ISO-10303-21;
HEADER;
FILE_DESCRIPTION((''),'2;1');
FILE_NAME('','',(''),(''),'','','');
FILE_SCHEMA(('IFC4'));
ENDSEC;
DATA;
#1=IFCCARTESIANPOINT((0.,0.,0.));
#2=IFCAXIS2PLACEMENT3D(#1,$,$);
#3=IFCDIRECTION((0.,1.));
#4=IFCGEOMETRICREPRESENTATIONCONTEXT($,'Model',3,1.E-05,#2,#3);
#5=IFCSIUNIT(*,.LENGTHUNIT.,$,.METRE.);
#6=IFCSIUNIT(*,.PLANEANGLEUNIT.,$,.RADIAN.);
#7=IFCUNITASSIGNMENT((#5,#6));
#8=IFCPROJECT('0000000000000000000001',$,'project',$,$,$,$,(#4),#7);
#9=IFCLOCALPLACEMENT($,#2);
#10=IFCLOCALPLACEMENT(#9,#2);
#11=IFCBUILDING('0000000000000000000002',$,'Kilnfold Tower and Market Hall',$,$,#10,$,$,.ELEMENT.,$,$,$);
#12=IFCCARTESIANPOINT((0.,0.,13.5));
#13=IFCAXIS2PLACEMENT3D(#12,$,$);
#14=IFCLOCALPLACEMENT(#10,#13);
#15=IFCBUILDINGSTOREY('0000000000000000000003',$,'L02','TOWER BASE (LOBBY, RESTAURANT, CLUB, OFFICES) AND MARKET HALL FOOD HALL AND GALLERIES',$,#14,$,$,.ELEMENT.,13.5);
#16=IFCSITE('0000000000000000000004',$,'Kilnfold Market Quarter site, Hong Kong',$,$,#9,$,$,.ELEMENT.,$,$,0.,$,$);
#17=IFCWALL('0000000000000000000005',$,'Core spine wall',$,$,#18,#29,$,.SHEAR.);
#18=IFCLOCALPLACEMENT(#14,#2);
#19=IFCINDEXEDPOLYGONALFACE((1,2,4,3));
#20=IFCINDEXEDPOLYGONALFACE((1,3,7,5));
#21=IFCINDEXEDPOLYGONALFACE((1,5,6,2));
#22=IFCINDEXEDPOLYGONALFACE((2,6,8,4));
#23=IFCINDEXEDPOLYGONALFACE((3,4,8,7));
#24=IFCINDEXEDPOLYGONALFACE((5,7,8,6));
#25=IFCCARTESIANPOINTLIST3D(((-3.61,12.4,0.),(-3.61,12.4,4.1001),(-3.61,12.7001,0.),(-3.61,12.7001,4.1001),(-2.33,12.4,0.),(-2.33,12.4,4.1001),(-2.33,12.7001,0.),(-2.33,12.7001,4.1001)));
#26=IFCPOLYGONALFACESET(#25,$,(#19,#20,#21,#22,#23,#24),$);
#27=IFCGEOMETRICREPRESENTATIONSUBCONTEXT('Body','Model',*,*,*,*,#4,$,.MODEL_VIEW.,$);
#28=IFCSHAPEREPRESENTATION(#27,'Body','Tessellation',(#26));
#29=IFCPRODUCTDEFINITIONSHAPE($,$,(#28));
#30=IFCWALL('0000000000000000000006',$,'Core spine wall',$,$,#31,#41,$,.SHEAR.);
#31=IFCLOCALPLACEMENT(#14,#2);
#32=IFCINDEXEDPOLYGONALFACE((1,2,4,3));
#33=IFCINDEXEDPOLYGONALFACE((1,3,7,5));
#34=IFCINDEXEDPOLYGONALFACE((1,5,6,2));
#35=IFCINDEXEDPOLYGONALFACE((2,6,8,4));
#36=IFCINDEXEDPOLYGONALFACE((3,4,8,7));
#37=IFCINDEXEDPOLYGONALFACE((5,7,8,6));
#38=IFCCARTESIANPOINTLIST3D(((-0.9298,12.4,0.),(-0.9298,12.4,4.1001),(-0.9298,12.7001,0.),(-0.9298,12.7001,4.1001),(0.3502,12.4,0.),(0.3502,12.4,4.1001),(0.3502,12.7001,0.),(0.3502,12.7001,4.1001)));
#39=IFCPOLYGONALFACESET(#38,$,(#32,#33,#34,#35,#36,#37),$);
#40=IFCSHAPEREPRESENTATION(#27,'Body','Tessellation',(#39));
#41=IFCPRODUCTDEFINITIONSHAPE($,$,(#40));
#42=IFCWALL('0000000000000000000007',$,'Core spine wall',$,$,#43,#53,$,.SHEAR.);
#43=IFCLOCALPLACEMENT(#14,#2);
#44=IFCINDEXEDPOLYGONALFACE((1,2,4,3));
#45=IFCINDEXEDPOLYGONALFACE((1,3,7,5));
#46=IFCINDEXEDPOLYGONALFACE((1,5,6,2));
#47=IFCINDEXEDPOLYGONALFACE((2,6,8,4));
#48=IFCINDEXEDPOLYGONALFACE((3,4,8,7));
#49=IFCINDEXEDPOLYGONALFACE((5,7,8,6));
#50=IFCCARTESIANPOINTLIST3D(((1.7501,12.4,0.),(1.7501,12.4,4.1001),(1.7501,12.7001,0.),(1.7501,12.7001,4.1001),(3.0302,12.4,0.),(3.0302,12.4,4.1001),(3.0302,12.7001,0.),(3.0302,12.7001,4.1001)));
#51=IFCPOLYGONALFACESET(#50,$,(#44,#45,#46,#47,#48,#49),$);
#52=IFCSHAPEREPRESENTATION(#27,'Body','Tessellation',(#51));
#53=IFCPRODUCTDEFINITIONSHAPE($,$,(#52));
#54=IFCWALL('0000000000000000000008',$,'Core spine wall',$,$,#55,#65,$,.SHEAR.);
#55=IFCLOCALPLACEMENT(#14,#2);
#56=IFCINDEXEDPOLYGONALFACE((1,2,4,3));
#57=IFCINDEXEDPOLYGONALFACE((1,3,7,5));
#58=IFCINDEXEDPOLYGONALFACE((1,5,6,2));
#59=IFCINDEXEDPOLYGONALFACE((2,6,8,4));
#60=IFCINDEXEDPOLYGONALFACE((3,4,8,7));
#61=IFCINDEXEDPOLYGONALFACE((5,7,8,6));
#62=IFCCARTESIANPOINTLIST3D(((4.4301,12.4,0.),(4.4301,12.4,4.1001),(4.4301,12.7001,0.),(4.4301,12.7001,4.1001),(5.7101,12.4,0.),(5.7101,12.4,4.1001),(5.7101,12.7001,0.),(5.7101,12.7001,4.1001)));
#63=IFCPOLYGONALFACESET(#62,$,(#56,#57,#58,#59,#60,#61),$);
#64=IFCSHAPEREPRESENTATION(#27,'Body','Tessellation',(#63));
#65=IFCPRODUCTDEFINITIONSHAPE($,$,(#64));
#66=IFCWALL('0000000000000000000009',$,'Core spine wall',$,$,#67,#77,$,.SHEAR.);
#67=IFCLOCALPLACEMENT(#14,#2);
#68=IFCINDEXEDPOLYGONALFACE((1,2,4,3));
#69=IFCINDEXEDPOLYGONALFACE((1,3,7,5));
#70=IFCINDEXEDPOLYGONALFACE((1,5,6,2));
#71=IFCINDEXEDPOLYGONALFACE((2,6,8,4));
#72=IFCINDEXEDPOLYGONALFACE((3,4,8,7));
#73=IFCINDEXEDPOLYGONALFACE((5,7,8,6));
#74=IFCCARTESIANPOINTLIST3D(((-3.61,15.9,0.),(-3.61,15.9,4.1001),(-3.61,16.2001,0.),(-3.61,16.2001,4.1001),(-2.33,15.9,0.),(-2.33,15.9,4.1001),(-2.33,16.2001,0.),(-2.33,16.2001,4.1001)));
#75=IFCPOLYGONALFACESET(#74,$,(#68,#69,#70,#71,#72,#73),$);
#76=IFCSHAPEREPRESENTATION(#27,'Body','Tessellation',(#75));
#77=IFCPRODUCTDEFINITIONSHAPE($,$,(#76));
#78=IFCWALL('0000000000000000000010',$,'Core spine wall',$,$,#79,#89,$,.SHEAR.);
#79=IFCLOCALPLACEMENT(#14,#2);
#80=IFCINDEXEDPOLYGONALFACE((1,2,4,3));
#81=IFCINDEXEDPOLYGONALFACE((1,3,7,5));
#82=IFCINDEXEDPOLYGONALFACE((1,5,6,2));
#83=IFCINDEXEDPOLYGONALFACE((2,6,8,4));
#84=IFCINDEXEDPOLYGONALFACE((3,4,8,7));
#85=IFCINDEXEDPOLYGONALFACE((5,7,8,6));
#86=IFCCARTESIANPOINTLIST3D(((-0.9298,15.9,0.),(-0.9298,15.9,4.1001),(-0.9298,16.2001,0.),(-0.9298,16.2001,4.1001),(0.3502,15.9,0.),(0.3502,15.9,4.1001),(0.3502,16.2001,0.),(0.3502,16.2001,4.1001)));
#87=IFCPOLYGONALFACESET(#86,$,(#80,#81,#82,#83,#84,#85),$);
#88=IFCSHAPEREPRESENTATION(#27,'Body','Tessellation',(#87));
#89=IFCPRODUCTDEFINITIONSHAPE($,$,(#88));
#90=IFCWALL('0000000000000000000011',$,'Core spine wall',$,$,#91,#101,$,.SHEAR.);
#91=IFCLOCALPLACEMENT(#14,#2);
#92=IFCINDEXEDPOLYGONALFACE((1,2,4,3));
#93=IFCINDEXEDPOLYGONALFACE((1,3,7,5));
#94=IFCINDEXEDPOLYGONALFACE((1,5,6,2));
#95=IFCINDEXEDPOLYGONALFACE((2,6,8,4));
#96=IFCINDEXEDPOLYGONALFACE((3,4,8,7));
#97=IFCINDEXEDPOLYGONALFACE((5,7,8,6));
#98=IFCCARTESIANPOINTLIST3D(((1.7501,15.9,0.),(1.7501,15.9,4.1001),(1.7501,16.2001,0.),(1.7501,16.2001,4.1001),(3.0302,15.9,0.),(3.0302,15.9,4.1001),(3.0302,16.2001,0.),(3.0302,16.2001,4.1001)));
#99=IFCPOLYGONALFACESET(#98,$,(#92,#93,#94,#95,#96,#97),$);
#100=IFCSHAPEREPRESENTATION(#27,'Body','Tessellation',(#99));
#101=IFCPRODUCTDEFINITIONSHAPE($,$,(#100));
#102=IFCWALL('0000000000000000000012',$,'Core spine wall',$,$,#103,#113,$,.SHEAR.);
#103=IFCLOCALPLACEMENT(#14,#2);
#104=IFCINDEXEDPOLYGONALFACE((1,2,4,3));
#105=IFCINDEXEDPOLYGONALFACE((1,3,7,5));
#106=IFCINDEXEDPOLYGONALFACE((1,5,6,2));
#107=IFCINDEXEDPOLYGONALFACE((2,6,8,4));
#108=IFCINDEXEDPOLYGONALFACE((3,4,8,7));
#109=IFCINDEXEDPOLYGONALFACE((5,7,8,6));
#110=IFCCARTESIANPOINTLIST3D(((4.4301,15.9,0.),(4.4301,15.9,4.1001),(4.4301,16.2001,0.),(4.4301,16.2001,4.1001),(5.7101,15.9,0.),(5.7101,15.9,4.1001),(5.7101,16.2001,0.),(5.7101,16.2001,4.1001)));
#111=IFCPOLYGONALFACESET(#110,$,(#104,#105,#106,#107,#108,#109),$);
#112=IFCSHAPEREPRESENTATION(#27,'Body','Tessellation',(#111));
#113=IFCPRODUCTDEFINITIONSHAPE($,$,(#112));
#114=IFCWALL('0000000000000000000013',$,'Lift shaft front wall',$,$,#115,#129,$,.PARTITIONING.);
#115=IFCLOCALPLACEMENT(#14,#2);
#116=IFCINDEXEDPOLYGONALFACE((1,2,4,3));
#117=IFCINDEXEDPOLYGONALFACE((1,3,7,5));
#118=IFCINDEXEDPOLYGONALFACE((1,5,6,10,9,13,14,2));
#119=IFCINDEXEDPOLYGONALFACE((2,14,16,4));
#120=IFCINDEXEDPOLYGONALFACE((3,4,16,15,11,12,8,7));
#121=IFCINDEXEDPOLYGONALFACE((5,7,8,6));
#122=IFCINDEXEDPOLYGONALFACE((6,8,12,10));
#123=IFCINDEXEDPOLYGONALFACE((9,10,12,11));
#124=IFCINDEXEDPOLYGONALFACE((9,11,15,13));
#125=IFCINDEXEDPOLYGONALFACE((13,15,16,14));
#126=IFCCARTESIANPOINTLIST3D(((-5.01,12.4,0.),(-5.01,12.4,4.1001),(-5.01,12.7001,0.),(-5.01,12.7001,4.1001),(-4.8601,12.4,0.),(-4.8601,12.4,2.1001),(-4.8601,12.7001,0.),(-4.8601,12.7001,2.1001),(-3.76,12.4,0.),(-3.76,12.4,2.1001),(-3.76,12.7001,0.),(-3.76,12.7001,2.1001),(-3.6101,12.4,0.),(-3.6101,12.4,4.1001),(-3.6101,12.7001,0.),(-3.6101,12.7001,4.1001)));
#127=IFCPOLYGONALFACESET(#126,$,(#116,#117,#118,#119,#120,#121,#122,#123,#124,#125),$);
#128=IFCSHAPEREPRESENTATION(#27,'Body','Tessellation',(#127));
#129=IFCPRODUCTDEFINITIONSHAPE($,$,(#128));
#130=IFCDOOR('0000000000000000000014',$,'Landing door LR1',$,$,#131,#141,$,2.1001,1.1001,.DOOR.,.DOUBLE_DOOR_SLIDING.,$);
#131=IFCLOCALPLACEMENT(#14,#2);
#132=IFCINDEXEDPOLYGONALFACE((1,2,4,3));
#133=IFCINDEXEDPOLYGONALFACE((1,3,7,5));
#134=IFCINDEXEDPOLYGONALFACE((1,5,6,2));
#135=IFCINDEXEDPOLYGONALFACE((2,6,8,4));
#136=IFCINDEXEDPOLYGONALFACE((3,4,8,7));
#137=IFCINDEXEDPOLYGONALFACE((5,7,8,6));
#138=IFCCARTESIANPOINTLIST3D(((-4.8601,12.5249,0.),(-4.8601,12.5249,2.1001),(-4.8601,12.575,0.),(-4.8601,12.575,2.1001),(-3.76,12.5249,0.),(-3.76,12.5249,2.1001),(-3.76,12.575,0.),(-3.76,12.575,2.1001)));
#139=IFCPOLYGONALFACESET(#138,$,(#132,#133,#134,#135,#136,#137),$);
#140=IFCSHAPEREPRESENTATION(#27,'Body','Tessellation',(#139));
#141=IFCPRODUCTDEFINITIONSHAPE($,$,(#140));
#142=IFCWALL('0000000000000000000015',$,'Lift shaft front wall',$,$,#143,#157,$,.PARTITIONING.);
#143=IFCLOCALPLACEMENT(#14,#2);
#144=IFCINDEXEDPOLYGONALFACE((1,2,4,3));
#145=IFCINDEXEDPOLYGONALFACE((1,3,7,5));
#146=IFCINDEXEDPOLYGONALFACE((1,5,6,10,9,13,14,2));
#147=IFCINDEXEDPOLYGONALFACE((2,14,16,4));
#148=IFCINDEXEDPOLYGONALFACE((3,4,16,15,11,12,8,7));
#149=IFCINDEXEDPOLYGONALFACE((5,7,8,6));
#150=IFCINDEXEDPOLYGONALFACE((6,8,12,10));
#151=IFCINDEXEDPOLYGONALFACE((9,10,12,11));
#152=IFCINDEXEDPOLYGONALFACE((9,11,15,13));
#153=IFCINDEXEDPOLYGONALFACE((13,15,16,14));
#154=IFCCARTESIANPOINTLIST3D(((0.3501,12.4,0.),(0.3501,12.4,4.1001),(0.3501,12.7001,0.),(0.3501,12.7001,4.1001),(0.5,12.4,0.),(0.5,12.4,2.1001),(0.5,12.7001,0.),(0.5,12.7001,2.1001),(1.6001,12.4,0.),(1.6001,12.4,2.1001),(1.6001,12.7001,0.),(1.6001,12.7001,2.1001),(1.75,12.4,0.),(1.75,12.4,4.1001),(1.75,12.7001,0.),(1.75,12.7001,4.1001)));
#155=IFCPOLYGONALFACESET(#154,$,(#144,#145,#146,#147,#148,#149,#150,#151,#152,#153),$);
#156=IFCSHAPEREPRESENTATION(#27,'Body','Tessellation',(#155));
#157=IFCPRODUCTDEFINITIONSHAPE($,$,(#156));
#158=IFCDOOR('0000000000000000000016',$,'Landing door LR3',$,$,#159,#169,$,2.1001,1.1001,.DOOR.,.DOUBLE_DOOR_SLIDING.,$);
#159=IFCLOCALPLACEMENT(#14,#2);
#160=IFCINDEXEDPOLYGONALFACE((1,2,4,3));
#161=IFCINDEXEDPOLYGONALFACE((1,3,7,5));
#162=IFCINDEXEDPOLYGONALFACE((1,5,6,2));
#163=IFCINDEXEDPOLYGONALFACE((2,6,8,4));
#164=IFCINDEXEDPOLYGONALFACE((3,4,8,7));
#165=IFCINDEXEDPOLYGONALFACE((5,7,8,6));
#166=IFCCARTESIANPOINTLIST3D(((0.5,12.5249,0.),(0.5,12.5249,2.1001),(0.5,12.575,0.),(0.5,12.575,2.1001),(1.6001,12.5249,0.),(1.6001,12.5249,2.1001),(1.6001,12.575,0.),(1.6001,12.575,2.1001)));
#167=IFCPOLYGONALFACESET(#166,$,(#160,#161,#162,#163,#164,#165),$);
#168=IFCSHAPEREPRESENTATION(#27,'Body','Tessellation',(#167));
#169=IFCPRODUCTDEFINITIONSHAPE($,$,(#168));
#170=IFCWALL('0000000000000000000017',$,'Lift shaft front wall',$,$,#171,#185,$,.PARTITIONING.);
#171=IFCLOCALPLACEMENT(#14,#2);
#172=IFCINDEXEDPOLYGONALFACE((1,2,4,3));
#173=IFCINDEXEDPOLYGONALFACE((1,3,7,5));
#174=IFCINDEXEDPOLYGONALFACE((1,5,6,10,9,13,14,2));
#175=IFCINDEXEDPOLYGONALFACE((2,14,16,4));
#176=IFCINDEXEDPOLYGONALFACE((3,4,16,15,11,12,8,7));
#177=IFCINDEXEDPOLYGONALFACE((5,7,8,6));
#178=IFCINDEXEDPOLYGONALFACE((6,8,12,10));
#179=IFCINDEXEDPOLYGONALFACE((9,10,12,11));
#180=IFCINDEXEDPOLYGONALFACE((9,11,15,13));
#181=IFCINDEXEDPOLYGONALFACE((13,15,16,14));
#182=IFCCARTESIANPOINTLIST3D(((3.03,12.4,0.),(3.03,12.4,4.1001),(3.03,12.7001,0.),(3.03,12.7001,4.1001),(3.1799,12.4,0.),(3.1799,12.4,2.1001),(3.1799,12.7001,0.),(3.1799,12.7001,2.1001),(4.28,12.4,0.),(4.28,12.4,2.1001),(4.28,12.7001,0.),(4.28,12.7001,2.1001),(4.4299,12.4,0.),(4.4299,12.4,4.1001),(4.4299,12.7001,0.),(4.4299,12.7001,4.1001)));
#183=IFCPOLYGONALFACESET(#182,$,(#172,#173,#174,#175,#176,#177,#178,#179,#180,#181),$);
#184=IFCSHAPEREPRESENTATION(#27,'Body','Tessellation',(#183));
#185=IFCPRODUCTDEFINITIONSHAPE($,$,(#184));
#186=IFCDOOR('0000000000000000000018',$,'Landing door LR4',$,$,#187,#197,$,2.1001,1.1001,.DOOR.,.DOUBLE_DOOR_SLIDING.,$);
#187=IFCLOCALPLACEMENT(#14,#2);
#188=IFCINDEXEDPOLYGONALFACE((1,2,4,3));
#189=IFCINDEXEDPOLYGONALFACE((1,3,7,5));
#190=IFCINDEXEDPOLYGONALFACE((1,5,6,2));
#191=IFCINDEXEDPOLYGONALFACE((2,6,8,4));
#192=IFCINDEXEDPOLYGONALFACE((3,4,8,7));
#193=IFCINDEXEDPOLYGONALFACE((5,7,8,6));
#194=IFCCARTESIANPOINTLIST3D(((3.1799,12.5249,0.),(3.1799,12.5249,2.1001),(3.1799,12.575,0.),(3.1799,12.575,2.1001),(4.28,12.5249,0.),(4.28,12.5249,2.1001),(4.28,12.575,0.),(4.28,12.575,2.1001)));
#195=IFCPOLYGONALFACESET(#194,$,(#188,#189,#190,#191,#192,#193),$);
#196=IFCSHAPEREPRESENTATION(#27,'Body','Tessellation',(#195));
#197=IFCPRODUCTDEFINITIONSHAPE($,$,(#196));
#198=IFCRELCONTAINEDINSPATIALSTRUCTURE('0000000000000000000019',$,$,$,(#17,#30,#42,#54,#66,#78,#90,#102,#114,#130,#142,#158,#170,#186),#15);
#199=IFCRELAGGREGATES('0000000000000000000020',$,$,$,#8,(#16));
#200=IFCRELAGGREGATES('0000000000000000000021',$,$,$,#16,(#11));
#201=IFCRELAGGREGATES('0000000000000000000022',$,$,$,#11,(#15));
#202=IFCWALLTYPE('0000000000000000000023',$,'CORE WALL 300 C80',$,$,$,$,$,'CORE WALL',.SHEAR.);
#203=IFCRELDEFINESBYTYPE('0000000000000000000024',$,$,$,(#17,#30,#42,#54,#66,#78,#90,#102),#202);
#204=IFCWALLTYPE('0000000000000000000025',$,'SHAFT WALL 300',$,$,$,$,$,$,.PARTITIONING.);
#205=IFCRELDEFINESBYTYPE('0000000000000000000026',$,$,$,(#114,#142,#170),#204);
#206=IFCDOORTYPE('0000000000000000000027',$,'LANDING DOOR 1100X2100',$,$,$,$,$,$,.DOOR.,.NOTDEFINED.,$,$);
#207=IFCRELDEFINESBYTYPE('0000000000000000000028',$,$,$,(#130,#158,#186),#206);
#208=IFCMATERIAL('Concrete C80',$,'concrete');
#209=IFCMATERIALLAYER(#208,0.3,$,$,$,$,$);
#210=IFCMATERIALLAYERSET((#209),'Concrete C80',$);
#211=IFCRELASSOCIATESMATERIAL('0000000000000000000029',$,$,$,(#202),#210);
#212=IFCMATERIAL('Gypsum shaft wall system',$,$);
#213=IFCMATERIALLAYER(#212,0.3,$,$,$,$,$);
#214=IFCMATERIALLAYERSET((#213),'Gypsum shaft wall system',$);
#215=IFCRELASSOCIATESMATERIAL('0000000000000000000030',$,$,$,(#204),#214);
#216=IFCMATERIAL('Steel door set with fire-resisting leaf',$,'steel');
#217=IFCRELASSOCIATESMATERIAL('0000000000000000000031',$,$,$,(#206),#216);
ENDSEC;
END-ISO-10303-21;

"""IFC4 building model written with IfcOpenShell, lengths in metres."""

from ifc_helpers import new_model, si_unit, direction, frame, frame_2d, origin, place, context, subcontext, project, spatial, rectangle, extrude, source, transform, mapped, material, layer, layer_set, type_object, element, fill, save


model = new_model("IFC4")

# Units and contexts
model_context = context("Model", 3, precision=1e-05, world=origin(), true_north=direction((0.0, 1.0)))
body_context = subcontext(model_context, "Body", "Model", "MODEL_VIEW")
ifc_project = project(units=[si_unit("LENGTHUNIT", "METRE"), si_unit("PLANEANGLEUNIT", "RADIAN")], contexts=[model_context])

# Site, building, storey
site_placement = place(None, origin())
site = spatial("IfcSite", under=ifc_project, at=site_placement, Name="Kilnfold Market Quarter site, Hong Kong", CompositionType="ELEMENT", RefElevation=0.0)
building_placement = place(site_placement, origin())
building = spatial("IfcBuilding", under=site, at=building_placement, Name="Kilnfold Tower and Market Hall", CompositionType="ELEMENT")
storey_placement = place(building_placement, frame((0.0, 0.0, 13.5)))
storey = spatial("IfcBuildingStorey", under=building, at=storey_placement, Name="L02", Description="TOWER BASE (LOBBY, RESTAURANT, CLUB, OFFICES) AND MARKET HALL FOOD HALL AND GALLERIES", CompositionType="ELEMENT", Elevation=13.5)

# Walls
ifc_material_1 = material(Name="Concrete C80", Category="concrete")
ifc_layer_1 = layer(ifc_material_1, 0.3)
ifc_layer_set_1 = layer_set([ifc_layer_1], Name="Concrete C80")
wall_type_1 = type_object("IfcWallType", Name="CORE WALL 300 C80", ElementType="CORE WALL", PredefinedType="SHEAR", material=ifc_layer_set_1)
shared_shape_1 = source(origin(), body_context, "Body", "SweptSolid", [
    extrude(rectangle(XDim=1.28, YDim=0.3, at=frame_2d((0.6401, 0.0))), origin(), (0.0, 0.0, 1.0), 4.1001),
])
for number, where, z_axis, x_axis, name in (
    (1, (-3.6101, 12.55, 0.0), (0.0, 0.0, 1.0), (1.0, 0.0, 0.0), "Core spine wall"),
    (2, (-0.9299, 12.55, 0.0), (0.0, 0.0, 1.0), (1.0, 0.0, 0.0), "Core spine wall"),
    (3, (1.75, 12.55, 0.0), (0.0, 0.0, 1.0), (1.0, 0.0, 0.0), "Core spine wall"),
    (4, (4.4299, 12.55, 0.0), (0.0, 0.0, 1.0), (1.0, 0.0, 0.0), "Core spine wall"),
    (5, (-3.6101, 16.05, 0.0), (0.0, 0.0, 1.0), (1.0, 0.0, 0.0), "Core spine wall"),
    (6, (-0.9299, 16.05, 0.0), (0.0, 0.0, 1.0), (1.0, 0.0, 0.0), "Core spine wall"),
    (7, (1.75, 16.05, 0.0), (0.0, 0.0, 1.0), (1.0, 0.0, 0.0), "Core spine wall"),
    (8, (4.4299, 16.05, 0.0), (0.0, 0.0, 1.0), (1.0, 0.0, 0.0), "Core spine wall"),
):
    element("IfcWall", number, at=place(storey_placement, frame(where, z_axis=z_axis, x_axis=x_axis)), inside=storey, type_object=wall_type_1, Name=name, PredefinedType="SHEAR", context=body_context, shape_type="MappedRepresentation", body=[
        mapped(shared_shape_1, transform((0.0, 0.0, 0.0))),
    ])

# Walls, openings, doors
ifc_material_2 = material(Name="Gypsum shaft wall system")
ifc_layer_2 = layer(ifc_material_2, 0.3)
ifc_layer_set_2 = layer_set([ifc_layer_2], Name="Gypsum shaft wall system")
wall_type_2 = type_object("IfcWallType", Name="SHAFT WALL 300", PredefinedType="PARTITIONING", material=ifc_layer_set_2)
shared_shape_2 = source(origin(), body_context, "Body", "SweptSolid", [
    extrude(rectangle(XDim=1.3999, YDim=0.3, at=frame_2d((0.7, 0.0))), origin(), (0.0, 0.0, 1.0), 4.1001),
])
wall_1_placement = place(storey_placement, frame((-5.01, 12.55, 0.0), z_axis=(0.0, 0.0, 1.0), x_axis=(1.0, 0.0, 0.0)))
wall_1 = element("IfcWall", 9, at=wall_1_placement, inside=storey, type_object=wall_type_2, Name="Lift shaft front wall", PredefinedType="PARTITIONING", context=body_context, shape_type="MappedRepresentation", body=[
    mapped(shared_shape_2, transform((0.0, 0.0, 0.0))),
])
opening_1_placement = place(wall_1_placement, frame((0.1499, 0.0, 0.0)))
opening_1 = element("IfcOpeningElement", 10, at=opening_1_placement, cuts=wall_1, PredefinedType="OPENING", context=body_context, shape_type="SweptSolid", body=[
    extrude(rectangle(XDim=1.1001, YDim=2.1001, at=frame_2d((0.55, 1.05))), frame((0.0, 0.1602, 0.0), z_axis=(0.0, -1.0, 0.0), x_axis=(1.0, 0.0, 0.0)), (0.0, 0.0, 1.0), 0.3201),
])
ifc_material_3 = material(Name="Steel door set with fire-resisting leaf", Category="steel")
door_type = type_object("IfcDoorType", Name="LANDING DOOR 1100X2100", OperationType="NOTDEFINED", PredefinedType="DOOR", material=ifc_material_3)
door_1_placement = place(opening_1_placement, origin())
door_1 = element("IfcDoor", 11, at=door_1_placement, inside=storey, type_object=door_type, Name="Landing door LR1", OperationType="DOUBLE_DOOR_SLIDING", OverallHeight=2.1001, OverallWidth=1.1001, PredefinedType="DOOR", context=body_context, shape_type="SweptSolid", body=[
    extrude(rectangle(XDim=1.1001, YDim=2.1001, at=frame_2d((0.55, 1.05))), frame((0.0, 0.0249, 0.0), z_axis=(0.0, -1.0, 0.0), x_axis=(1.0, 0.0, 0.0)), (0.0, 0.0, 1.0), 0.05),
])
fill(opening_1, door_1)
wall_2_placement = place(storey_placement, frame((0.3501, 12.55, 0.0), z_axis=(0.0, 0.0, 1.0), x_axis=(1.0, 0.0, 0.0)))
wall_2 = element("IfcWall", 12, at=wall_2_placement, inside=storey, type_object=wall_type_2, Name="Lift shaft front wall", PredefinedType="PARTITIONING", context=body_context, shape_type="MappedRepresentation", body=[
    mapped(shared_shape_2, transform((0.0, 0.0, 0.0))),
])
opening_2_placement = place(wall_2_placement, frame((0.1499, 0.0, 0.0)))
opening_2 = element("IfcOpeningElement", 13, at=opening_2_placement, cuts=wall_2, PredefinedType="OPENING", context=body_context, shape_type="SweptSolid", body=[
    extrude(rectangle(XDim=1.1001, YDim=2.1001, at=frame_2d((0.55, 1.05))), frame((0.0, 0.1602, 0.0), z_axis=(0.0, -1.0, 0.0), x_axis=(1.0, 0.0, 0.0)), (0.0, 0.0, 1.0), 0.3201),
])
door_2_placement = place(opening_2_placement, origin())
door_2 = element("IfcDoor", 14, at=door_2_placement, inside=storey, type_object=door_type, Name="Landing door LR3", OperationType="DOUBLE_DOOR_SLIDING", OverallHeight=2.1001, OverallWidth=1.1001, PredefinedType="DOOR", context=body_context, shape_type="SweptSolid", body=[
    extrude(rectangle(XDim=1.1001, YDim=2.1001, at=frame_2d((0.55, 1.05))), frame((0.0, 0.0249, 0.0), z_axis=(0.0, -1.0, 0.0), x_axis=(1.0, 0.0, 0.0)), (0.0, 0.0, 1.0), 0.05),
])
fill(opening_2, door_2)
wall_3_placement = place(storey_placement, frame((3.03, 12.55, 0.0), z_axis=(0.0, 0.0, 1.0), x_axis=(1.0, 0.0, 0.0)))
wall_3 = element("IfcWall", 15, at=wall_3_placement, inside=storey, type_object=wall_type_2, Name="Lift shaft front wall", PredefinedType="PARTITIONING", context=body_context, shape_type="MappedRepresentation", body=[
    mapped(shared_shape_2, transform((0.0, 0.0, 0.0))),
])
opening_3_placement = place(wall_3_placement, frame((0.1499, 0.0, 0.0)))
opening_3 = element("IfcOpeningElement", 16, at=opening_3_placement, cuts=wall_3, PredefinedType="OPENING", context=body_context, shape_type="SweptSolid", body=[
    extrude(rectangle(XDim=1.1001, YDim=2.1001, at=frame_2d((0.55, 1.05))), frame((0.0, 0.1602, 0.0), z_axis=(0.0, -1.0, 0.0), x_axis=(1.0, 0.0, 0.0)), (0.0, 0.0, 1.0), 0.3201),
])
door_3_placement = place(opening_3_placement, origin())
door_3 = element("IfcDoor", 17, at=door_3_placement, inside=storey, type_object=door_type, Name="Landing door LR4", OperationType="DOUBLE_DOOR_SLIDING", OverallHeight=2.1001, OverallWidth=1.1001, PredefinedType="DOOR", context=body_context, shape_type="SweptSolid", body=[
    extrude(rectangle(XDim=1.1001, YDim=2.1001, at=frame_2d((0.55, 1.05))), frame((0.0, 0.0249, 0.0), z_axis=(0.0, -1.0, 0.0), x_axis=(1.0, 0.0, 0.0)), (0.0, 0.0, 1.0), 0.05),
])
fill(opening_3, door_3)

save(model, "model.ifc")
